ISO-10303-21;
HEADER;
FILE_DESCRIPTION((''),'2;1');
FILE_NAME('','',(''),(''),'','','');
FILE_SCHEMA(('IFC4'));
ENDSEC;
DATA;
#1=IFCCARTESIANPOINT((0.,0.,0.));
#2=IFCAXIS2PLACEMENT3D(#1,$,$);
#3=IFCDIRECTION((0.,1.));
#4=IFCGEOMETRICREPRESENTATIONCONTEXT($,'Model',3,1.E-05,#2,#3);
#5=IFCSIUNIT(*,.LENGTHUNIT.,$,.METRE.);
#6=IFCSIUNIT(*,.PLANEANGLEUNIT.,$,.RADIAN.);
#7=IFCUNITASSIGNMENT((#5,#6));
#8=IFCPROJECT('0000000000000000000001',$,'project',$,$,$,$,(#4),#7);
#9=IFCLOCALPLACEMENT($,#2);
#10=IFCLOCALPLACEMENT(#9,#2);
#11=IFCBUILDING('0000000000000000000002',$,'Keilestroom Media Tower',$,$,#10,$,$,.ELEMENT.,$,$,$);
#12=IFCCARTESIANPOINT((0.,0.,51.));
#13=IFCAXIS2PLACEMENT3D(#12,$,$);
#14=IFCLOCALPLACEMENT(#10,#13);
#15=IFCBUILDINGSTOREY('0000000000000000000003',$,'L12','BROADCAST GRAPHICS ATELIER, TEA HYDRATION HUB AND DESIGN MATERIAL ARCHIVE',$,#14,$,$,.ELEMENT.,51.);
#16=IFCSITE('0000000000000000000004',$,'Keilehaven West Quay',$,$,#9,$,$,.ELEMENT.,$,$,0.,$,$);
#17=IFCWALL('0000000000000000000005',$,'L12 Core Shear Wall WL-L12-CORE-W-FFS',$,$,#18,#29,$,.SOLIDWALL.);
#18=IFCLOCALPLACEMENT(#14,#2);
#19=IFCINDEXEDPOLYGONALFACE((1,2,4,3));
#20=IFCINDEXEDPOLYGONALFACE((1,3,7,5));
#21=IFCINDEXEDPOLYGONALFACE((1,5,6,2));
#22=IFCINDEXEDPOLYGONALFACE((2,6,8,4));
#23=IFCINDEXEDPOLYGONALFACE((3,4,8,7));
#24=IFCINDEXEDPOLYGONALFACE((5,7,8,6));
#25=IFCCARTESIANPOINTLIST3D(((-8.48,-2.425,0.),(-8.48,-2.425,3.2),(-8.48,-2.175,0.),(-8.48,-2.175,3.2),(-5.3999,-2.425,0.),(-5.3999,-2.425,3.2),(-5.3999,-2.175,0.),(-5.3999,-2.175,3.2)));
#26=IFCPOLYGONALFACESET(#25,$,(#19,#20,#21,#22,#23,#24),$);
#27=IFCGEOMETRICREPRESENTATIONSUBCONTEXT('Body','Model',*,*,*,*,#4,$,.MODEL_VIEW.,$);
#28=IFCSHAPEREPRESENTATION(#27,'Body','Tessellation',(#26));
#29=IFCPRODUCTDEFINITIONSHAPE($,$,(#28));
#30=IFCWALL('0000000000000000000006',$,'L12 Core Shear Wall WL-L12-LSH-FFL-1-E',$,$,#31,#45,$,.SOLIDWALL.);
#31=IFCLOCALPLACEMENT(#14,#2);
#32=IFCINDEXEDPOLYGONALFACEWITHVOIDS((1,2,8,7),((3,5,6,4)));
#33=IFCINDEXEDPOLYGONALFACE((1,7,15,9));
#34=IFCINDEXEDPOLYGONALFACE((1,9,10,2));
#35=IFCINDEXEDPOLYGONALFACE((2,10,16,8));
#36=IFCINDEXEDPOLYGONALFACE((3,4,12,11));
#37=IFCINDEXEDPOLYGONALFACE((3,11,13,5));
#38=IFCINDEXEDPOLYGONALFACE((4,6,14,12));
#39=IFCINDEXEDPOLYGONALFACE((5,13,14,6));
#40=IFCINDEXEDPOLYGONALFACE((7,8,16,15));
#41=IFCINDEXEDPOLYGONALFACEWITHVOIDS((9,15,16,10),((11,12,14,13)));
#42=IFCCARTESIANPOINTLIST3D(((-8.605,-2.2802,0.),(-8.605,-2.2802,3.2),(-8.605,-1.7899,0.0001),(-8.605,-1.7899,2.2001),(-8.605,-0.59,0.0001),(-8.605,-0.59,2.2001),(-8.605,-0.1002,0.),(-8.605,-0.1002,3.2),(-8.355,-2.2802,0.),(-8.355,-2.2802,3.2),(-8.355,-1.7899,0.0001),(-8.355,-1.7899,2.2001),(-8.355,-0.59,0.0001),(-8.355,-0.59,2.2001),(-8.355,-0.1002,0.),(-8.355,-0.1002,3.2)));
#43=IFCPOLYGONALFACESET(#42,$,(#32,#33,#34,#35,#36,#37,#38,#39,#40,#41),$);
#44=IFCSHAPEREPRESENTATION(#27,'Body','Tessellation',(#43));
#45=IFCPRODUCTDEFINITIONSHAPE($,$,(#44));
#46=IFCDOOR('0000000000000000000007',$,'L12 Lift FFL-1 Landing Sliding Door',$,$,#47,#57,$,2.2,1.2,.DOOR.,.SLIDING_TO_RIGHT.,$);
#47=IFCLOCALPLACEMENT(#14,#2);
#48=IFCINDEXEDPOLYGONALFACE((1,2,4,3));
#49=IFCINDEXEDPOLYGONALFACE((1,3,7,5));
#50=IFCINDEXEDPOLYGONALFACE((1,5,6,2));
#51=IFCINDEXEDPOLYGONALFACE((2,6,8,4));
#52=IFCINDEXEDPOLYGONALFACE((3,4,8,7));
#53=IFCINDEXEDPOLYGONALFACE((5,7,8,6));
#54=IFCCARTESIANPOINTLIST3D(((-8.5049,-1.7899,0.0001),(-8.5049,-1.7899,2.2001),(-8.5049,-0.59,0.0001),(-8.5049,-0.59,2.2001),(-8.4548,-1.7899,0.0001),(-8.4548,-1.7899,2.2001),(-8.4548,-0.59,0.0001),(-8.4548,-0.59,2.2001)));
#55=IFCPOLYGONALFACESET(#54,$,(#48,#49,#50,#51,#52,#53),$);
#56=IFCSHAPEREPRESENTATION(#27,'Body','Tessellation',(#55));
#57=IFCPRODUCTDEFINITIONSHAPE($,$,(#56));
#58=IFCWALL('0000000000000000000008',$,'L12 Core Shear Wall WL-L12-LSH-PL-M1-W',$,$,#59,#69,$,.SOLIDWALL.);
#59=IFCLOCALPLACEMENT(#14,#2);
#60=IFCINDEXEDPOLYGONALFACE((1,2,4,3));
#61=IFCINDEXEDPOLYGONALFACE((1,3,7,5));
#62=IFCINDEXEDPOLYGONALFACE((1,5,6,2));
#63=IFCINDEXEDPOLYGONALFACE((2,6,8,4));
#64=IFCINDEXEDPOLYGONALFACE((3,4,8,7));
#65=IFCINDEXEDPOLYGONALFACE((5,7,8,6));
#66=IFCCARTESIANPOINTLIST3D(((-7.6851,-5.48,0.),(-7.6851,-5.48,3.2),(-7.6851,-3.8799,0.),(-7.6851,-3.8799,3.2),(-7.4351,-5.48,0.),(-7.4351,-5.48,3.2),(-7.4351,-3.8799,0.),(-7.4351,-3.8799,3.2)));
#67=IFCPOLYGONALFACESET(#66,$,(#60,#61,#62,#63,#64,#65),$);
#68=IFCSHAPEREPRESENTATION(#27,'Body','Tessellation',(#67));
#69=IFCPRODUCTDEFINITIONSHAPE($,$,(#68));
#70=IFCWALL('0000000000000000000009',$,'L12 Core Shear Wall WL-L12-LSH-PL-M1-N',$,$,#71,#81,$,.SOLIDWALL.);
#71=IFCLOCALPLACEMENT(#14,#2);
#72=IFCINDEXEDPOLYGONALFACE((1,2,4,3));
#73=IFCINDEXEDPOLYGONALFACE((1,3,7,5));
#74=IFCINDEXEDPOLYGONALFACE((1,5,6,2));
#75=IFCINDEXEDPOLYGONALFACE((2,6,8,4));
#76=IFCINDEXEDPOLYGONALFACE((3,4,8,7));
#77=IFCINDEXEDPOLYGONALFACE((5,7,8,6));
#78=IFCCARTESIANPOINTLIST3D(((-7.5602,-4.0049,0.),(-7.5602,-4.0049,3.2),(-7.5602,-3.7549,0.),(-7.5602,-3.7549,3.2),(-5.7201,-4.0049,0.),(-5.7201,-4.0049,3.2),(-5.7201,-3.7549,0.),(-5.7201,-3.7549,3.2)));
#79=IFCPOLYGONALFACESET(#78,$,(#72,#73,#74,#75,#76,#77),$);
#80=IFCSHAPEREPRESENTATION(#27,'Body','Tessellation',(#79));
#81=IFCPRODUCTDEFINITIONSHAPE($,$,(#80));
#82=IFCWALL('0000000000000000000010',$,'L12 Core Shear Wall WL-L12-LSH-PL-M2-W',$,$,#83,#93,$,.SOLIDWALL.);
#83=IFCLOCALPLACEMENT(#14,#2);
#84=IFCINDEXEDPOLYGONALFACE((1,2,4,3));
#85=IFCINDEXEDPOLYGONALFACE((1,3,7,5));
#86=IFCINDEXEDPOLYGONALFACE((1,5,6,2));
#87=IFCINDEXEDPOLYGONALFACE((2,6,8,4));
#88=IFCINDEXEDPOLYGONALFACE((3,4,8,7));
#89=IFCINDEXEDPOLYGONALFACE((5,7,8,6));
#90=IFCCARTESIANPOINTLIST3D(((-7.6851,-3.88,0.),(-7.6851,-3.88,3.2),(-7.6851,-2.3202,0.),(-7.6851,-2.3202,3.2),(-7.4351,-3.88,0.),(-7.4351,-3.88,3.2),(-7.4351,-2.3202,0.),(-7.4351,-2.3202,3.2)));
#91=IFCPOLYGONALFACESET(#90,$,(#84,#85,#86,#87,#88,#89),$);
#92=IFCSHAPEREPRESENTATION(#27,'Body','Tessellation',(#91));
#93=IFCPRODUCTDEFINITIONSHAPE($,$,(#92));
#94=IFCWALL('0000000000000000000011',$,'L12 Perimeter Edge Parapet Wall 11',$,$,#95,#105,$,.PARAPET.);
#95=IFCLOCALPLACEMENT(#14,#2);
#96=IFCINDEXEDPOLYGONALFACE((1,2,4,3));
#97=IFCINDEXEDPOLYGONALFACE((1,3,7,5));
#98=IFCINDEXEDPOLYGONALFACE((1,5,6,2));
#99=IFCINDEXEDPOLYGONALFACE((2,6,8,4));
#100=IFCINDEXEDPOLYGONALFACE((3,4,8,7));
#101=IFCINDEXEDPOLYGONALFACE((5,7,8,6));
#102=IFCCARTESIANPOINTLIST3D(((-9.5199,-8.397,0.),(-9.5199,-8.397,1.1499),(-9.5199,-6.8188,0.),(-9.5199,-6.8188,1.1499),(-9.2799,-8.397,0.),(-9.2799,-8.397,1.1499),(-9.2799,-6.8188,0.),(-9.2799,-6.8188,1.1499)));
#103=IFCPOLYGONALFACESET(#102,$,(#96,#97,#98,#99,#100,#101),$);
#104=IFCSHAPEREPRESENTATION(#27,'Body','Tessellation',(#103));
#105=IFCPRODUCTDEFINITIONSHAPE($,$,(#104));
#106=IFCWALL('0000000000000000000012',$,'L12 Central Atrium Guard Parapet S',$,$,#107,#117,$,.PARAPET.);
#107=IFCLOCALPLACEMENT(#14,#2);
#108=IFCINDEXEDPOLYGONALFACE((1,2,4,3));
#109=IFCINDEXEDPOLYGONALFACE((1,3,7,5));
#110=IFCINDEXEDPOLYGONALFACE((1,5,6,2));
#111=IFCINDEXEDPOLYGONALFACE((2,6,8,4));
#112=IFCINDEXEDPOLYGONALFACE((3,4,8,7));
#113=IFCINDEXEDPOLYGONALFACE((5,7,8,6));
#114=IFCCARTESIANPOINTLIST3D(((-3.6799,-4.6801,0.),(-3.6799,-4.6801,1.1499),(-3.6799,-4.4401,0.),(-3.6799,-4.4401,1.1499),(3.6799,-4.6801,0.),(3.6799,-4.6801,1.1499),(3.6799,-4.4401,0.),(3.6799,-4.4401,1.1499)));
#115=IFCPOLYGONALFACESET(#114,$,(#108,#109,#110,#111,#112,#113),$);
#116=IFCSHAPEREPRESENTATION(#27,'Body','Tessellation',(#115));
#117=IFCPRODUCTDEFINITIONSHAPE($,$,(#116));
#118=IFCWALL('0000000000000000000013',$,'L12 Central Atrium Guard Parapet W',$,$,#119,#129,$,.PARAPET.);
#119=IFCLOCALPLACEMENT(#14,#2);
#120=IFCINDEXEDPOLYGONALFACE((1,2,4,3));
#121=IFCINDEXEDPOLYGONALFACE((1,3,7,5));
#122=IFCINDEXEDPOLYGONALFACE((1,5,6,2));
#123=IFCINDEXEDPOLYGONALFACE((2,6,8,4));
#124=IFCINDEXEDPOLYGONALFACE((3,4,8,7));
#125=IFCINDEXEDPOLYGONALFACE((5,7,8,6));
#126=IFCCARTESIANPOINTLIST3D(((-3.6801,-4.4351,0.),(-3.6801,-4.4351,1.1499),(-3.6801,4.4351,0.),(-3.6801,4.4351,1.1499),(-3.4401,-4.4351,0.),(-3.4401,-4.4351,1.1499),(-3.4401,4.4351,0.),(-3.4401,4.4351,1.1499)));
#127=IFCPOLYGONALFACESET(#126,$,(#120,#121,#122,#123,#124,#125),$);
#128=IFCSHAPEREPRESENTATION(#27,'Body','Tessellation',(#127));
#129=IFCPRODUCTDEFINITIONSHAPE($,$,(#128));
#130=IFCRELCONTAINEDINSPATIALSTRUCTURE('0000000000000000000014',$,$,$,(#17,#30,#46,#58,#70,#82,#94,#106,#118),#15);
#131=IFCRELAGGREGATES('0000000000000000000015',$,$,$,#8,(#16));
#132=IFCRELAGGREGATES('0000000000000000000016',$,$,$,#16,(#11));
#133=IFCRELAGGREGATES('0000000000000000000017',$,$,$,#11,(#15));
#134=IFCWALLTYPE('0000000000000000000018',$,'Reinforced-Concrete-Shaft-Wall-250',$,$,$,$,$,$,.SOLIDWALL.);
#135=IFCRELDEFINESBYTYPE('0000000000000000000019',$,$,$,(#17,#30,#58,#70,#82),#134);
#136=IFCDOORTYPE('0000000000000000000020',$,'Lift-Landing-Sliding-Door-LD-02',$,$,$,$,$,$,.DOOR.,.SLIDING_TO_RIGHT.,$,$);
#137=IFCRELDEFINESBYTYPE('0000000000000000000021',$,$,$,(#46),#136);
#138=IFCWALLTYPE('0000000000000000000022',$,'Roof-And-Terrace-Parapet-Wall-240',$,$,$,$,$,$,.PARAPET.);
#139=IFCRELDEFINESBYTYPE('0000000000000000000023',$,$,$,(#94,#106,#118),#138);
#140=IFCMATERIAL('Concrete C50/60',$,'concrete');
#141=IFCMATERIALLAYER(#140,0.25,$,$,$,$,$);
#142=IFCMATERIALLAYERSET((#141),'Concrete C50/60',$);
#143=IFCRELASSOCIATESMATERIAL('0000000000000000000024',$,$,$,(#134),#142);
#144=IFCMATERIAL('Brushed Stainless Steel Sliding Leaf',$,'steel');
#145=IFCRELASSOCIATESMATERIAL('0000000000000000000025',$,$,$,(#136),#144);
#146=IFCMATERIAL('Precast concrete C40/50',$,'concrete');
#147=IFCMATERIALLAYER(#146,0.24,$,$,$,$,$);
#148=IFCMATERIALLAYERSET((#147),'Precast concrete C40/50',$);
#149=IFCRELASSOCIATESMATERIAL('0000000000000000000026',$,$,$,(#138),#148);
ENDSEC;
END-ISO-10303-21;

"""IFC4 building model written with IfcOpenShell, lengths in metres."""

from ifc_helpers import new_model, si_unit, direction, frame, frame_2d, origin, place, context, subcontext, project, spatial, rectangle, extrude, source, transform, mapped, material, layer, layer_set, type_object, element, fill, save


model = new_model("IFC4")

# Units and contexts
model_context = context("Model", 3, precision=1e-05, world=origin(), true_north=direction((0.0, 1.0)))
body_context = subcontext(model_context, "Body", "Model", "MODEL_VIEW")
ifc_project = project(units=[si_unit("LENGTHUNIT", "METRE"), si_unit("PLANEANGLEUNIT", "RADIAN")], contexts=[model_context])

# Site, building, storey
site_placement = place(None, origin())
site = spatial("IfcSite", under=ifc_project, at=site_placement, Name="Keilehaven West Quay", CompositionType="ELEMENT", RefElevation=0.0)
building_placement = place(site_placement, origin())
building = spatial("IfcBuilding", under=site, at=building_placement, Name="Keilestroom Media Tower", CompositionType="ELEMENT")
storey_placement = place(building_placement, frame((0.0, 0.0, 51.0)))
storey = spatial("IfcBuildingStorey", under=building, at=storey_placement, Name="L12", Description="BROADCAST GRAPHICS ATELIER, TEA HYDRATION HUB AND DESIGN MATERIAL ARCHIVE", CompositionType="ELEMENT", Elevation=51.0)

# Shared definitions
shared_shape_1 = source(origin(), body_context, "Body", "SweptSolid", [
    extrude(rectangle(XDim=1.2, YDim=2.2, at=frame_2d((0.6001, 1.1001))), frame((0.0, 0.0249, 0.0), z_axis=(0.0, -1.0, 0.0), x_axis=(1.0, 0.0, 0.0)), (0.0, 0.0, 1.0), 0.05),
])

# Wall
ifc_material_1 = material(Name="Concrete C50/60", Category="concrete")
ifc_layer_1 = layer(ifc_material_1, 0.25)
ifc_layer_set_1 = layer_set([ifc_layer_1], Name="Concrete C50/60")
wall_type_1 = type_object("IfcWallType", Name="Reinforced-Concrete-Shaft-Wall-250", PredefinedType="SOLIDWALL", material=ifc_layer_set_1)
wall_1_placement = place(storey_placement, frame((-8.48, -2.3, 0.0), z_axis=(0.0, 0.0, 1.0), x_axis=(1.0, 0.0, 0.0)))
element("IfcWall", 1, at=wall_1_placement, inside=storey, type_object=wall_type_1, Name="L12 Core Shear Wall WL-L12-CORE-W-FFS", PredefinedType="SOLIDWALL", context=body_context, shape_type="SweptSolid", body=[
    extrude(rectangle(XDim=3.0801, YDim=0.25, at=frame_2d((1.54, 0.0))), origin(), (0.0, 0.0, 1.0), 3.2),
])

# Wall, opening, door
wall_2_placement = place(storey_placement, frame((-8.48, -2.28, 0.0), z_axis=(0.0, 0.0, 1.0), x_axis=(0.0, 1.0, 0.0)))
wall_2 = element("IfcWall", 2, at=wall_2_placement, inside=storey, type_object=wall_type_1, Name="L12 Core Shear Wall WL-L12-LSH-FFL-1-E", PredefinedType="SOLIDWALL", context=body_context, shape_type="SweptSolid", body=[
    extrude(rectangle(XDim=2.1799, YDim=0.25, at=frame_2d((1.0898, 0.0))), origin(), (0.0, 0.0, 1.0), 3.2),
])
opening_1_placement = place(wall_2_placement, frame((0.49, 0.0, 0.0)))
opening_1 = element("IfcOpeningElement", 3, at=opening_1_placement, cuts=wall_2, PredefinedType="OPENING", context=body_context, shape_type="SweptSolid", body=[
    extrude(rectangle(XDim=1.2, YDim=2.2, at=frame_2d((0.6001, 1.1001))), frame((0.0, 0.135, 0.0), z_axis=(0.0, -1.0, 0.0), x_axis=(1.0, 0.0, 0.0)), (0.0, 0.0, 1.0), 0.27),
])
ifc_material_2 = material(Name="Brushed Stainless Steel Sliding Leaf", Category="steel")
door_type_1 = type_object("IfcDoorType", Name="Lift-Landing-Sliding-Door-LD-02", OperationType="SLIDING_TO_RIGHT", PredefinedType="DOOR", material=ifc_material_2)
door_1_placement = place(opening_1_placement, origin())
door_1 = element("IfcDoor", 4, at=door_1_placement, inside=storey, type_object=door_type_1, Name="L12 Lift FFL-1 Landing Sliding Door", OperationType="SLIDING_TO_RIGHT", OverallHeight=2.2, OverallWidth=1.2, PredefinedType="DOOR", context=body_context, shape_type="MappedRepresentation", body=[
    mapped(shared_shape_1, transform((0.0, 0.0, 0.0), x_axis=(1.0, 0.0, 0.0), y_axis=(0.0, 1.0, 0.0), z_axis=(0.0, 0.0, 1.0), scale=1.0)),
])
fill(opening_1, door_1)

# Walls
wall_3_placement = place(storey_placement, frame((-7.5601, -5.48, 0.0), z_axis=(0.0, 0.0, 1.0), x_axis=(0.0, 1.0, 0.0)))
element("IfcWall", 5, at=wall_3_placement, inside=storey, type_object=wall_type_1, Name="L12 Core Shear Wall WL-L12-LSH-PL-M1-W", PredefinedType="SOLIDWALL", context=body_context, shape_type="SweptSolid", body=[
    extrude(rectangle(XDim=1.6001, YDim=0.25, at=frame_2d((0.8, 0.0))), origin(), (0.0, 0.0, 1.0), 3.2),
])
wall_4_placement = place(storey_placement, frame((-7.5601, -3.8799, 0.0), z_axis=(0.0, 0.0, 1.0), x_axis=(1.0, 0.0, 0.0)))
element("IfcWall", 6, at=wall_4_placement, inside=storey, type_object=wall_type_1, Name="L12 Core Shear Wall WL-L12-LSH-PL-M1-N", PredefinedType="SOLIDWALL", context=body_context, shape_type="SweptSolid", body=[
    extrude(rectangle(XDim=1.8401, YDim=0.25, at=frame_2d((0.9199, 0.0))), origin(), (0.0, 0.0, 1.0), 3.2),
])
wall_5_placement = place(storey_placement, frame((-7.5601, -3.8799, 0.0), z_axis=(0.0, 0.0, 1.0), x_axis=(0.0, 1.0, 0.0)))
element("IfcWall", 7, at=wall_5_placement, inside=storey, type_object=wall_type_1, Name="L12 Core Shear Wall WL-L12-LSH-PL-M2-W", PredefinedType="SOLIDWALL", context=body_context, shape_type="SweptSolid", body=[
    extrude(rectangle(XDim=1.5598, YDim=0.25, at=frame_2d((0.7798, 0.0))), origin(), (0.0, 0.0, 1.0), 3.2),
])
ifc_material_3 = material(Name="Precast concrete C40/50", Category="concrete")
ifc_layer_2 = layer(ifc_material_3, 0.24)
ifc_layer_set_2 = layer_set([ifc_layer_2], Name="Precast concrete C40/50")
wall_type_2 = type_object("IfcWallType", Name="Roof-And-Terrace-Parapet-Wall-240", PredefinedType="PARAPET", material=ifc_layer_set_2)
wall_6_placement = place(storey_placement, frame((-9.3999, -8.397, 0.0), z_axis=(0.0, 0.0, 1.0), x_axis=(0.0, 1.0, 0.0)))
element("IfcWall", 8, at=wall_6_placement, inside=storey, type_object=wall_type_2, Name="L12 Perimeter Edge Parapet Wall 11", PredefinedType="PARAPET", context=body_context, shape_type="SweptSolid", body=[
    extrude(rectangle(XDim=1.5781, YDim=0.24, at=frame_2d((0.7891, 0.0))), origin(), (0.0, 0.0, 1.0), 1.1499),
])
wall_7_placement = place(storey_placement, frame((-3.6799, -4.5601, 0.0), z_axis=(0.0, 0.0, 1.0), x_axis=(1.0, 0.0, 0.0)))
element("IfcWall", 9, at=wall_7_placement, inside=storey, type_object=wall_type_2, Name="L12 Central Atrium Guard Parapet S", PredefinedType="PARAPET", context=body_context, shape_type="SweptSolid", body=[
    extrude(rectangle(XDim=7.3599, YDim=0.24, at=frame_2d((3.6799, 0.0))), origin(), (0.0, 0.0, 1.0), 1.1499),
])
wall_8_placement = place(storey_placement, frame((-3.5601, -4.4351, 0.0), z_axis=(0.0, 0.0, 1.0), x_axis=(0.0, 1.0, 0.0)))
element("IfcWall", 10, at=wall_8_placement, inside=storey, type_object=wall_type_2, Name="L12 Central Atrium Guard Parapet W", PredefinedType="PARAPET", context=body_context, shape_type="SweptSolid", body=[
    extrude(rectangle(XDim=8.8701, YDim=0.24, at=frame_2d((4.4351, 0.0))), origin(), (0.0, 0.0, 1.0), 1.1499),
])

save(model, "model.ifc")
